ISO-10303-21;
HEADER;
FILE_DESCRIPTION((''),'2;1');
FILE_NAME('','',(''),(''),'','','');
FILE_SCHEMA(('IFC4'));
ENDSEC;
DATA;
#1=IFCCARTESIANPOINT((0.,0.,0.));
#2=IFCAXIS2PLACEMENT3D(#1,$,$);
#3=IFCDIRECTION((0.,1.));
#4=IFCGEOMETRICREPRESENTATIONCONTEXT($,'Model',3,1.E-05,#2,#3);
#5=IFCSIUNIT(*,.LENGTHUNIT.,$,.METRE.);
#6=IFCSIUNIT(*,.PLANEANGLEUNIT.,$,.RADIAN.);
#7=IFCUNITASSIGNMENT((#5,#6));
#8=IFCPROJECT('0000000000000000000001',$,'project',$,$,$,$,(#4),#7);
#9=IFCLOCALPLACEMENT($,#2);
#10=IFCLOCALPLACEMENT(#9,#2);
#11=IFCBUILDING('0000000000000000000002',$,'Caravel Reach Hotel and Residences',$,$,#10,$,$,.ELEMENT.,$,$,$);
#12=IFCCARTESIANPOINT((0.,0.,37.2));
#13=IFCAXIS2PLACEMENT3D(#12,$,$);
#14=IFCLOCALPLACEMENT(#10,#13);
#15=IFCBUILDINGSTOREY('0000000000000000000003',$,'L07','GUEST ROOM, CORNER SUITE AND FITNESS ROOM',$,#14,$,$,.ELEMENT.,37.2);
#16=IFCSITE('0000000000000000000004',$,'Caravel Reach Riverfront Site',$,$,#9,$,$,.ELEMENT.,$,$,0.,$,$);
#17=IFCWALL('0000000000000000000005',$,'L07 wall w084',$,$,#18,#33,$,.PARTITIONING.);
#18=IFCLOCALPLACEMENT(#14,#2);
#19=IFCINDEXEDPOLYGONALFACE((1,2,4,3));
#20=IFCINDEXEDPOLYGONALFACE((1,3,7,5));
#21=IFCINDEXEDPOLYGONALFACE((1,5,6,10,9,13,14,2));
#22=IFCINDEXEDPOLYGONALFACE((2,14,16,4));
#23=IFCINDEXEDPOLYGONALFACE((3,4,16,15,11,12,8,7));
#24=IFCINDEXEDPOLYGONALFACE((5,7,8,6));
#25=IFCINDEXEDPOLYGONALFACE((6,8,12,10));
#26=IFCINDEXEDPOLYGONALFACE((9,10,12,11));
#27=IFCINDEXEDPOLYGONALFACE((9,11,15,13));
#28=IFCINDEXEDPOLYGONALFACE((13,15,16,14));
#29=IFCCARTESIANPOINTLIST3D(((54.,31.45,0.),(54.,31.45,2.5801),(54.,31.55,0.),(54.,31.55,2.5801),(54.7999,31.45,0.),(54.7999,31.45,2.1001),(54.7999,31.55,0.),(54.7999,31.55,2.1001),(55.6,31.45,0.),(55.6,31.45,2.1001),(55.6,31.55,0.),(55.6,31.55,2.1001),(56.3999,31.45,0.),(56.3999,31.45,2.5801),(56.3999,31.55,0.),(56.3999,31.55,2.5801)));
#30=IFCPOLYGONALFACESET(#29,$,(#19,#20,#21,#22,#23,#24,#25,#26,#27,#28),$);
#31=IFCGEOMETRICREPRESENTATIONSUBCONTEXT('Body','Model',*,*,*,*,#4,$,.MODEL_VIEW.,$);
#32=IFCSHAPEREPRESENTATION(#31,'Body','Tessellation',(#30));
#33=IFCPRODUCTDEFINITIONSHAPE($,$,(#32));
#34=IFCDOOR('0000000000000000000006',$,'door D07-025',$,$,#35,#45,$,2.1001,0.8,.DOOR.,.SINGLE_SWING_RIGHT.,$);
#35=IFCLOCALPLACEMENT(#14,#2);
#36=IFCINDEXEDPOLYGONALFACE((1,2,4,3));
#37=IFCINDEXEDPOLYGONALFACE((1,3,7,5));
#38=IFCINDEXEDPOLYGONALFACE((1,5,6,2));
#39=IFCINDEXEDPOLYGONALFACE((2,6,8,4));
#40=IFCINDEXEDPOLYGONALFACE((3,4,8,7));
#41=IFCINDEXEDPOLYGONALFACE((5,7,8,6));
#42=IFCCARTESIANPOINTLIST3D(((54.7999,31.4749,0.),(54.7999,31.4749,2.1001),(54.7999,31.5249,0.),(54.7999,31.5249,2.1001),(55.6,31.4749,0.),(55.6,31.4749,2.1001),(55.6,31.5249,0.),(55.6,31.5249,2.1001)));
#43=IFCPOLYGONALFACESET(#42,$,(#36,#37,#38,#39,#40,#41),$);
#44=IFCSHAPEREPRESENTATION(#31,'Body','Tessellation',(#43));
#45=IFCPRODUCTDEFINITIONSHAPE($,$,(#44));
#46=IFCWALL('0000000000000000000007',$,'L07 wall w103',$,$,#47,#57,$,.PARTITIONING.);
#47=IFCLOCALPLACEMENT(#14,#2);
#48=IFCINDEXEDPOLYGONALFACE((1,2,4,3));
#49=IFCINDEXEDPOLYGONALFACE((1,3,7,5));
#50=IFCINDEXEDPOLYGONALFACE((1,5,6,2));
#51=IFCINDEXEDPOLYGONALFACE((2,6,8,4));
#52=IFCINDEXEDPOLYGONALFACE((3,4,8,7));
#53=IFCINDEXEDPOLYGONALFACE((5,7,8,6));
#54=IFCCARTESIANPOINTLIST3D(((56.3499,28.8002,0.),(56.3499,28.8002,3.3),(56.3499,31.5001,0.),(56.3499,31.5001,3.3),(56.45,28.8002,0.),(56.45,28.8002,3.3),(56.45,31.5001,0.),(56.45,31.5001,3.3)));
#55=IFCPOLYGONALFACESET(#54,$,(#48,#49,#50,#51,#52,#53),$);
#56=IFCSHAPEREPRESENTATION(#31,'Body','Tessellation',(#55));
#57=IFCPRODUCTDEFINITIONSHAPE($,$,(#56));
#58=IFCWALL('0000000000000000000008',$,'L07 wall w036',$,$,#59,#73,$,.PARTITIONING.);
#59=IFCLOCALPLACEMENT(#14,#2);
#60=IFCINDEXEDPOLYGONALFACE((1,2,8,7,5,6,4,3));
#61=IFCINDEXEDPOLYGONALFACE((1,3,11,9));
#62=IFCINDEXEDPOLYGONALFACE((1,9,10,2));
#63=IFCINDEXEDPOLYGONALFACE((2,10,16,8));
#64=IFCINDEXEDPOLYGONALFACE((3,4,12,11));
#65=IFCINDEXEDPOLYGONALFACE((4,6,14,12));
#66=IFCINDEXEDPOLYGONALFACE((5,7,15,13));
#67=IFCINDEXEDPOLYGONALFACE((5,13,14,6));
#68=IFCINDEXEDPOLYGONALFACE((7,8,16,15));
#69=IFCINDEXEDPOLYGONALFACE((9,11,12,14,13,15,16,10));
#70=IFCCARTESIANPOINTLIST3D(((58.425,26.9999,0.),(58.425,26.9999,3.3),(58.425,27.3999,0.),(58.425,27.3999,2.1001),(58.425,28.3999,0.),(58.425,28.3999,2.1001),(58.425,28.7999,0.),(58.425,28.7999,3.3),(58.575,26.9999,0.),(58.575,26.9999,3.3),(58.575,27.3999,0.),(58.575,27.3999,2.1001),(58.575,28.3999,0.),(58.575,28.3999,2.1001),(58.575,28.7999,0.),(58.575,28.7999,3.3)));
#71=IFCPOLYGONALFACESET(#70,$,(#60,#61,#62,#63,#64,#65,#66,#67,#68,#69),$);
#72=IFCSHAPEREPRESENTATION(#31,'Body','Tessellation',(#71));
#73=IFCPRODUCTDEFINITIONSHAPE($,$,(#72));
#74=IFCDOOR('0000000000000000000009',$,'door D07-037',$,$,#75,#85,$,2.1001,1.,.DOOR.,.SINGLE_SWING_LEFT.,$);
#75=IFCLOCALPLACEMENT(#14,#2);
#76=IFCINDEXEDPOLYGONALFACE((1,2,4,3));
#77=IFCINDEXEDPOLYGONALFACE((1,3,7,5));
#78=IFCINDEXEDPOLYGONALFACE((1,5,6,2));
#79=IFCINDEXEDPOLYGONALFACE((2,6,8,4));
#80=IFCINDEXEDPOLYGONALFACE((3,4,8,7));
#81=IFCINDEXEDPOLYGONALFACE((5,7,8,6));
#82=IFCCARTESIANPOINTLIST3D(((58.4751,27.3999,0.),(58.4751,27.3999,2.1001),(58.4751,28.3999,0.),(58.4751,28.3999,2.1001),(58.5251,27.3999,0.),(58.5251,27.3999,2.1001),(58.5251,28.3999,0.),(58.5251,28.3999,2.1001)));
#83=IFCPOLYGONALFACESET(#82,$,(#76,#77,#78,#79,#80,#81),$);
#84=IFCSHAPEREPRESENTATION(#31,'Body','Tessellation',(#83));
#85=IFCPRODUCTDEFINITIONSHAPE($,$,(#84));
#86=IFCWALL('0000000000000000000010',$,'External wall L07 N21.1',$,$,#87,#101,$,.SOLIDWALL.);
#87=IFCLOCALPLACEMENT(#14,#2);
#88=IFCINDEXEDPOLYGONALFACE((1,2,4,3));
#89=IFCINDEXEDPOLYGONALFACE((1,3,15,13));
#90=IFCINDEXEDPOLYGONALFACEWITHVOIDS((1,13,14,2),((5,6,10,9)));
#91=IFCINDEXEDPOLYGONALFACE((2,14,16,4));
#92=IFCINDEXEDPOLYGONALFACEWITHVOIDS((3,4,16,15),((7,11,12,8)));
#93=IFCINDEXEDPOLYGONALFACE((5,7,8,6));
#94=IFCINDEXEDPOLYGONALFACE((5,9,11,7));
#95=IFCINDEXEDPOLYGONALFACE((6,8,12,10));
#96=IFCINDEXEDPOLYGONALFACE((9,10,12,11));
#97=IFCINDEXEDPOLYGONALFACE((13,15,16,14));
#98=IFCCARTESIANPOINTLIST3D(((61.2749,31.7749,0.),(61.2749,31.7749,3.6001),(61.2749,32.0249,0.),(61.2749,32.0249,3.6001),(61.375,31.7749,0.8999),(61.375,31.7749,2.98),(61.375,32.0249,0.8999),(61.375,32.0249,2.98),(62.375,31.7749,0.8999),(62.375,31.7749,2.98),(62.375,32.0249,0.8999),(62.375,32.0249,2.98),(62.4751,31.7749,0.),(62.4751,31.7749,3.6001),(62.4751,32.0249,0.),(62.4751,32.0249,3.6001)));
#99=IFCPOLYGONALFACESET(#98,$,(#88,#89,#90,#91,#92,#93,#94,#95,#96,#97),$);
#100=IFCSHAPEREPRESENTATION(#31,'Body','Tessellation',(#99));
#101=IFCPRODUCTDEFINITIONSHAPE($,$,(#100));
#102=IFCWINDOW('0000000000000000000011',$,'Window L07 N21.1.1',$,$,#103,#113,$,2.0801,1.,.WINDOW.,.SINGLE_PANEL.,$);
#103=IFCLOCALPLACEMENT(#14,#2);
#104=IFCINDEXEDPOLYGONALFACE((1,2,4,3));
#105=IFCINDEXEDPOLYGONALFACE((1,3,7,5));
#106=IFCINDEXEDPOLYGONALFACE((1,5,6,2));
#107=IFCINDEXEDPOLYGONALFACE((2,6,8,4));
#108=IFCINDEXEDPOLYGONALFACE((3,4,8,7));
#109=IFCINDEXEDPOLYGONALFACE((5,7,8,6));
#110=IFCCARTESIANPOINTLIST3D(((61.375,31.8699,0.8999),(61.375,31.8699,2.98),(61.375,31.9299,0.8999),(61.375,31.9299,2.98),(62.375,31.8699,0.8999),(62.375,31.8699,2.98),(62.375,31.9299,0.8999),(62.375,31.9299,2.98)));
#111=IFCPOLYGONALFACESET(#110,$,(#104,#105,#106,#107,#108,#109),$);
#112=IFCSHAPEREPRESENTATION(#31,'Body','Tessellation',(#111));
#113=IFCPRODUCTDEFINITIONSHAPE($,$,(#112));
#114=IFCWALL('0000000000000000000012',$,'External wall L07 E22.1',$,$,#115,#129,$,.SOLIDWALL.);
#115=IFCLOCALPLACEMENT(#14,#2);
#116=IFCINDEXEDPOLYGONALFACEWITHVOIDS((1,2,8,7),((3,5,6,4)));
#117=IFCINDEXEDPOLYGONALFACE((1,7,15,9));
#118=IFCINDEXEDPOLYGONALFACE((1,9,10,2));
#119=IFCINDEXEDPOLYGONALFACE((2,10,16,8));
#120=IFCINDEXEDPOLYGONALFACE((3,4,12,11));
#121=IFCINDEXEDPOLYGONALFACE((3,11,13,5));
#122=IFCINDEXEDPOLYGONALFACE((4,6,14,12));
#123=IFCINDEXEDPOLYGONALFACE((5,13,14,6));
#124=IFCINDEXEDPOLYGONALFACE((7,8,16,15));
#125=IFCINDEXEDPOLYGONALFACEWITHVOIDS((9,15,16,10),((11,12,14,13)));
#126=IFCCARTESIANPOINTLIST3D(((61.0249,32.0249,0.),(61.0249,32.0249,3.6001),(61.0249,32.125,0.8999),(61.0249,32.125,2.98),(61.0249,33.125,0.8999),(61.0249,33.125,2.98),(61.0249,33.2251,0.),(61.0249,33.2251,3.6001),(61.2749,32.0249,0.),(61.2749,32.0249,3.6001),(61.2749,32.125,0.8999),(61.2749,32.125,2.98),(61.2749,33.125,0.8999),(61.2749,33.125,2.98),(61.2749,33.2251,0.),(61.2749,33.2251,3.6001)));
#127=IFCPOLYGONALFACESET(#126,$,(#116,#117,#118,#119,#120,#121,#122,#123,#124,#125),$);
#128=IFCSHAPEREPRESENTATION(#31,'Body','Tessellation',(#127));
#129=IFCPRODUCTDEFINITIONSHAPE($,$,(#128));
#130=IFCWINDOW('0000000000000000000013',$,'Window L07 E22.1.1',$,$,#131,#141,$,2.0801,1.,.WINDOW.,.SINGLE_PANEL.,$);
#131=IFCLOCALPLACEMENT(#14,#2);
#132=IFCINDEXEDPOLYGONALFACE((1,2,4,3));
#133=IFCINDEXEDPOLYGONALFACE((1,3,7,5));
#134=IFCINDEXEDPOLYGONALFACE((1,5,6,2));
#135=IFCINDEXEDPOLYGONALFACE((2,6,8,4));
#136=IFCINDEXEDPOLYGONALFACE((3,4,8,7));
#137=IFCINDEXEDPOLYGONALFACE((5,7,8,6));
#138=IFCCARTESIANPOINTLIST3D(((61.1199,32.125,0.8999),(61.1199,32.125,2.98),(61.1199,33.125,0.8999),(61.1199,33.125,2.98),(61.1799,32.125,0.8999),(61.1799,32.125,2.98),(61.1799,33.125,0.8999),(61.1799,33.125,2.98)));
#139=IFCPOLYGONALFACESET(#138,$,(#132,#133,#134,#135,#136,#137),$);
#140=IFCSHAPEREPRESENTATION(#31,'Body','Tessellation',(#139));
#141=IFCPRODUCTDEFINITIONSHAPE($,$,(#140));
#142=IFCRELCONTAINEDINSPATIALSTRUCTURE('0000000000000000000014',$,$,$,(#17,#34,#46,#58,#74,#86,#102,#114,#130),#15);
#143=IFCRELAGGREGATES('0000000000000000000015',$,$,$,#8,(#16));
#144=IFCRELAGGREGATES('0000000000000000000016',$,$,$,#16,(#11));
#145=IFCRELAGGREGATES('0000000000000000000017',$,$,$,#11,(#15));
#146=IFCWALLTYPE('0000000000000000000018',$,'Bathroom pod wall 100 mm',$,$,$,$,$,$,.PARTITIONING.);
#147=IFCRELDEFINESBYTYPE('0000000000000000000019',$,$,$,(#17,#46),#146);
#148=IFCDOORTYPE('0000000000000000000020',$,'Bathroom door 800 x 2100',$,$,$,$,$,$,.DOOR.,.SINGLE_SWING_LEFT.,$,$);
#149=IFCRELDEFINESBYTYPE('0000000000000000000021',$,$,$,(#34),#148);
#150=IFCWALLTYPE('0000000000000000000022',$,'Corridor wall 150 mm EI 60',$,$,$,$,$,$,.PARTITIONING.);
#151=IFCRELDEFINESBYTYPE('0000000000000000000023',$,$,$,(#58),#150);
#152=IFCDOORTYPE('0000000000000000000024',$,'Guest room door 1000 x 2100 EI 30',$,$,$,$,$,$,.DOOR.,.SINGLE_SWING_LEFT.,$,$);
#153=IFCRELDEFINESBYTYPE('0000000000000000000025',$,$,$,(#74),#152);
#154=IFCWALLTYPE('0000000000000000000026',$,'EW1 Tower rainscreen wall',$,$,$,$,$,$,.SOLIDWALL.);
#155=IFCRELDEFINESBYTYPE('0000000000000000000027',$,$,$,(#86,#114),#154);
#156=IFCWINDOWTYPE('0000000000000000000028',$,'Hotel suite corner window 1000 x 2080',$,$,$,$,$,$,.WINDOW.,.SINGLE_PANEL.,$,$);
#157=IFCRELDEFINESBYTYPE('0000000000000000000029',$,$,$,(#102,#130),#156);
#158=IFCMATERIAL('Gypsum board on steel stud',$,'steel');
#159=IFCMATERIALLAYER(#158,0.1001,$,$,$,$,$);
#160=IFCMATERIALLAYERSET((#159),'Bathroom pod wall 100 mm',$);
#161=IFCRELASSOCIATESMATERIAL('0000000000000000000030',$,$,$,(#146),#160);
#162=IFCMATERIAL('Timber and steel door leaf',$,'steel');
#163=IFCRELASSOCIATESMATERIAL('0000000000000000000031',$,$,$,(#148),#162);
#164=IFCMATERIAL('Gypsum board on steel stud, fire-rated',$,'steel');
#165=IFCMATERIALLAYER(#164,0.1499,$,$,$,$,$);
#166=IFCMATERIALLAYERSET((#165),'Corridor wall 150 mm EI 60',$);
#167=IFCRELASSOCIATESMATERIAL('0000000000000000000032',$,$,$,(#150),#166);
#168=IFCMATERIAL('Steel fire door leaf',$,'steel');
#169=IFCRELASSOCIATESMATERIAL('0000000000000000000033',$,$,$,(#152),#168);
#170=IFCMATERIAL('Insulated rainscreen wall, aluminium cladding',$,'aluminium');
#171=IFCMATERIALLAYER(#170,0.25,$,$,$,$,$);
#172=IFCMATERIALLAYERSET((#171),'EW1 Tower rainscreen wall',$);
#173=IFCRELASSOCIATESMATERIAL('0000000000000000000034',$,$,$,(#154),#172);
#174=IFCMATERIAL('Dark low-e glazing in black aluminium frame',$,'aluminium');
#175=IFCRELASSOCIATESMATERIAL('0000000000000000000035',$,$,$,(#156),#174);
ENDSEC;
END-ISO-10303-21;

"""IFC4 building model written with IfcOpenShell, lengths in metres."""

from ifc_helpers import new_model, si_unit, direction, frame, frame_2d, origin, place, context, subcontext, project, spatial, rectangle, extrude, material, layer, layer_set, type_object, element, fill, save


model = new_model("IFC4")

# Units and contexts
model_context = context("Model", 3, precision=1e-05, world=origin(), true_north=direction((0.0, 1.0)))
body_context = subcontext(model_context, "Body", "Model", "MODEL_VIEW")
ifc_project = project(units=[si_unit("LENGTHUNIT", "METRE"), si_unit("PLANEANGLEUNIT", "RADIAN")], contexts=[model_context])

# Site, building, storey
site_placement = place(None, origin())
site = spatial("IfcSite", under=ifc_project, at=site_placement, Name="Caravel Reach Riverfront Site", CompositionType="ELEMENT", RefElevation=0.0)
building_placement = place(site_placement, origin())
building = spatial("IfcBuilding", under=site, at=building_placement, Name="Caravel Reach Hotel and Residences", CompositionType="ELEMENT")
storey_placement = place(building_placement, frame((0.0, 0.0, 37.2)))
storey = spatial("IfcBuildingStorey", under=building, at=storey_placement, Name="L07", Description="GUEST ROOM, CORNER SUITE AND FITNESS ROOM", CompositionType="ELEMENT", Elevation=37.2)

# Shared definitions
ifc_material_1 = material(Name="Gypsum board on steel stud", Category="steel")
ifc_layer_1 = layer(ifc_material_1, 0.1001)
ifc_layer_set_1 = layer_set([ifc_layer_1], Name="Bathroom pod wall 100 mm")
wall_type_1 = type_object("IfcWallType", Name="Bathroom pod wall 100 mm", PredefinedType="PARTITIONING", material=ifc_layer_set_1)

# Wall, opening, door
wall_1_placement = place(storey_placement, frame((54.0, 31.5, 0.0), z_axis=(0.0, 0.0, 1.0), x_axis=(1.0, 0.0, 0.0)))
wall_1 = element("IfcWall", 1, at=wall_1_placement, inside=storey, type_object=wall_type_1, Name="L07 wall w084", PredefinedType="PARTITIONING", context=body_context, shape_type="SweptSolid", body=[
    extrude(rectangle(XDim=2.3999, YDim=0.1001, at=frame_2d((1.2, 0.0))), origin(), (0.0, 0.0, 1.0), 2.5801),
])
opening_1_placement = place(wall_1_placement, frame((0.8, 0.0, 0.0)))
opening_1 = element("IfcOpeningElement", 2, at=opening_1_placement, cuts=wall_1, PredefinedType="OPENING", context=body_context, shape_type="SweptSolid", body=[
    extrude(rectangle(XDim=0.8, YDim=2.1001, at=frame_2d((0.3999, 1.05))), frame((0.0, 0.0601, 0.0), z_axis=(0.0, -1.0, 0.0), x_axis=(1.0, 0.0, 0.0)), (0.0, 0.0, 1.0), 0.1201),
])
ifc_material_2 = material(Name="Timber and steel door leaf", Category="steel")
door_type_1 = type_object("IfcDoorType", Name="Bathroom door 800 x 2100", OperationType="SINGLE_SWING_LEFT", PredefinedType="DOOR", material=ifc_material_2)
door_1_placement = place(opening_1_placement, origin())
door_1 = element("IfcDoor", 3, at=door_1_placement, inside=storey, type_object=door_type_1, Name="door D07-025", OperationType="SINGLE_SWING_RIGHT", OverallHeight=2.1001, OverallWidth=0.8, PredefinedType="DOOR", context=body_context, shape_type="SweptSolid", body=[
    extrude(rectangle(XDim=0.8, YDim=2.1001, at=frame_2d((0.3999, 1.05))), frame((0.0, 0.0249, 0.0), z_axis=(0.0, -1.0, 0.0), x_axis=(1.0, 0.0, 0.0)), (0.0, 0.0, 1.0), 0.05),
])
fill(opening_1, door_1)

# Wall
wall_2_placement = place(storey_placement, frame((56.3999, 28.8, 0.0), z_axis=(0.0, 0.0, 1.0), x_axis=(0.0, 1.0, 0.0)))
element("IfcWall", 4, at=wall_2_placement, inside=storey, type_object=wall_type_1, Name="L07 wall w103", PredefinedType="PARTITIONING", context=body_context, shape_type="SweptSolid", body=[
    extrude(rectangle(XDim=2.7, YDim=0.1001, at=frame_2d((1.3501, 0.0))), origin(), (0.0, 0.0, 1.0), 3.3),
])

# Wall, opening, door
ifc_material_3 = material(Name="Gypsum board on steel stud, fire-rated", Category="steel")
ifc_layer_2 = layer(ifc_material_3, 0.1499)
ifc_layer_set_2 = layer_set([ifc_layer_2], Name="Corridor wall 150 mm EI 60")
wall_type_2 = type_object("IfcWallType", Name="Corridor wall 150 mm EI 60", PredefinedType="PARTITIONING", material=ifc_layer_set_2)
wall_3_placement = place(storey_placement, frame((58.5, 27.0, 0.0), z_axis=(0.0, 0.0, 1.0), x_axis=(0.0, 1.0, 0.0)))
wall_3 = element("IfcWall", 5, at=wall_3_placement, inside=storey, type_object=wall_type_2, Name="L07 wall w036", PredefinedType="PARTITIONING", context=body_context, shape_type="SweptSolid", body=[
    extrude(rectangle(XDim=1.8, YDim=0.1499, at=frame_2d((0.8999, 0.0))), origin(), (0.0, 0.0, 1.0), 3.3),
])
opening_2_placement = place(wall_3_placement, frame((0.3999, 0.0, 0.0)))
opening_2 = element("IfcOpeningElement", 6, at=opening_2_placement, cuts=wall_3, PredefinedType="OPENING", context=body_context, shape_type="SweptSolid", body=[
    extrude(rectangle(XDim=1.0, YDim=2.1001, at=frame_2d((0.5, 1.05))), frame((0.0, 0.085, 0.0), z_axis=(0.0, -1.0, 0.0), x_axis=(1.0, 0.0, 0.0)), (0.0, 0.0, 1.0), 0.1699),
])
ifc_material_4 = material(Name="Steel fire door leaf", Category="steel")
door_type_2 = type_object("IfcDoorType", Name="Guest room door 1000 x 2100 EI 30", OperationType="SINGLE_SWING_LEFT", PredefinedType="DOOR", material=ifc_material_4)
door_2_placement = place(opening_2_placement, origin())
door_2 = element("IfcDoor", 7, at=door_2_placement, inside=storey, type_object=door_type_2, Name="door D07-037", OperationType="SINGLE_SWING_LEFT", OverallHeight=2.1001, OverallWidth=1.0, PredefinedType="DOOR", context=body_context, shape_type="SweptSolid", body=[
    extrude(rectangle(XDim=1.0, YDim=2.1001, at=frame_2d((0.5, 1.05))), frame((0.0, 0.0249, 0.0), z_axis=(0.0, -1.0, 0.0), x_axis=(1.0, 0.0, 0.0)), (0.0, 0.0, 1.0), 0.05),
])
fill(opening_2, door_2)

# Walls, openings, windows
ifc_material_5 = material(Name="Insulated rainscreen wall, aluminium cladding", Category="aluminium")
ifc_layer_3 = layer(ifc_material_5, 0.25)
ifc_layer_set_3 = layer_set([ifc_layer_3], Name="EW1 Tower rainscreen wall")
wall_type_3 = type_object("IfcWallType", Name="EW1 Tower rainscreen wall", PredefinedType="SOLIDWALL", material=ifc_layer_set_3)
wall_4_placement = place(storey_placement, frame((62.4751, 31.8999, 0.0), z_axis=(0.0, 0.0, 1.0), x_axis=(-1.0, 0.0, 0.0)))
wall_4 = element("IfcWall", 8, at=wall_4_placement, inside=storey, type_object=wall_type_3, Name="External wall L07 N21.1", PredefinedType="SOLIDWALL", context=body_context, shape_type="SweptSolid", body=[
    extrude(rectangle(XDim=1.2002, YDim=0.25, at=frame_2d((0.6001, 0.0))), origin(), (0.0, 0.0, 1.0), 3.6001),
])
opening_3_placement = place(wall_4_placement, frame((0.1001, 0.0, 0.8999)))
opening_3 = element("IfcOpeningElement", 9, at=opening_3_placement, cuts=wall_4, PredefinedType="OPENING", context=body_context, shape_type="SweptSolid", body=[
    extrude(rectangle(XDim=1.0, YDim=2.0801, at=frame_2d((0.5, 1.04))), frame((0.0, 0.135, 0.0), z_axis=(0.0, -1.0, 0.0), x_axis=(1.0, 0.0, 0.0)), (0.0, 0.0, 1.0), 0.27),
])
ifc_material_6 = material(Name="Dark low-e glazing in black aluminium frame", Category="aluminium")
window_type_1 = type_object("IfcWindowType", Name="Hotel suite corner window 1000 x 2080", PartitioningType="SINGLE_PANEL", PredefinedType="WINDOW", material=ifc_material_6)
window_1_placement = place(opening_3_placement, origin())
window_1 = element("IfcWindow", 10, at=window_1_placement, inside=storey, type_object=window_type_1, Name="Window L07 N21.1.1", OverallHeight=2.0801, OverallWidth=1.0, PartitioningType="SINGLE_PANEL", PredefinedType="WINDOW", context=body_context, shape_type="SweptSolid", body=[
    extrude(rectangle(XDim=1.0, YDim=2.0801, at=frame_2d((0.5, 1.04))), frame((0.0, 0.03, 0.0), z_axis=(0.0, -1.0, 0.0), x_axis=(1.0, 0.0, 0.0)), (0.0, 0.0, 1.0), 0.0601),
])
fill(opening_3, window_1)
wall_5_placement = place(storey_placement, frame((61.1499, 32.0249, 0.0), z_axis=(0.0, 0.0, 1.0), x_axis=(0.0, 1.0, 0.0)))
wall_5 = element("IfcWall", 11, at=wall_5_placement, inside=storey, type_object=wall_type_3, Name="External wall L07 E22.1", PredefinedType="SOLIDWALL", context=body_context, shape_type="SweptSolid", body=[
    extrude(rectangle(XDim=1.2002, YDim=0.25, at=frame_2d((0.6001, 0.0))), origin(), (0.0, 0.0, 1.0), 3.6001),
])
opening_4_placement = place(wall_5_placement, frame((0.1001, 0.0, 0.8999)))
opening_4 = element("IfcOpeningElement", 12, at=opening_4_placement, cuts=wall_5, PredefinedType="OPENING", context=body_context, shape_type="SweptSolid", body=[
    extrude(rectangle(XDim=1.0, YDim=2.0801, at=frame_2d((0.5, 1.04))), frame((0.0, 0.135, 0.0), z_axis=(0.0, -1.0, 0.0), x_axis=(1.0, 0.0, 0.0)), (0.0, 0.0, 1.0), 0.27),
])
window_2_placement = place(opening_4_placement, origin())
window_2 = element("IfcWindow", 13, at=window_2_placement, inside=storey, type_object=window_type_1, Name="Window L07 E22.1.1", OverallHeight=2.0801, OverallWidth=1.0, PartitioningType="SINGLE_PANEL", PredefinedType="WINDOW", context=body_context, shape_type="SweptSolid", body=[
    extrude(rectangle(XDim=1.0, YDim=2.0801, at=frame_2d((0.5, 1.04))), frame((0.0, 0.03, 0.0), z_axis=(0.0, -1.0, 0.0), x_axis=(1.0, 0.0, 0.0)), (0.0, 0.0, 1.0), 0.0601),
])
fill(opening_4, window_2)

save(model, "model.ifc")
